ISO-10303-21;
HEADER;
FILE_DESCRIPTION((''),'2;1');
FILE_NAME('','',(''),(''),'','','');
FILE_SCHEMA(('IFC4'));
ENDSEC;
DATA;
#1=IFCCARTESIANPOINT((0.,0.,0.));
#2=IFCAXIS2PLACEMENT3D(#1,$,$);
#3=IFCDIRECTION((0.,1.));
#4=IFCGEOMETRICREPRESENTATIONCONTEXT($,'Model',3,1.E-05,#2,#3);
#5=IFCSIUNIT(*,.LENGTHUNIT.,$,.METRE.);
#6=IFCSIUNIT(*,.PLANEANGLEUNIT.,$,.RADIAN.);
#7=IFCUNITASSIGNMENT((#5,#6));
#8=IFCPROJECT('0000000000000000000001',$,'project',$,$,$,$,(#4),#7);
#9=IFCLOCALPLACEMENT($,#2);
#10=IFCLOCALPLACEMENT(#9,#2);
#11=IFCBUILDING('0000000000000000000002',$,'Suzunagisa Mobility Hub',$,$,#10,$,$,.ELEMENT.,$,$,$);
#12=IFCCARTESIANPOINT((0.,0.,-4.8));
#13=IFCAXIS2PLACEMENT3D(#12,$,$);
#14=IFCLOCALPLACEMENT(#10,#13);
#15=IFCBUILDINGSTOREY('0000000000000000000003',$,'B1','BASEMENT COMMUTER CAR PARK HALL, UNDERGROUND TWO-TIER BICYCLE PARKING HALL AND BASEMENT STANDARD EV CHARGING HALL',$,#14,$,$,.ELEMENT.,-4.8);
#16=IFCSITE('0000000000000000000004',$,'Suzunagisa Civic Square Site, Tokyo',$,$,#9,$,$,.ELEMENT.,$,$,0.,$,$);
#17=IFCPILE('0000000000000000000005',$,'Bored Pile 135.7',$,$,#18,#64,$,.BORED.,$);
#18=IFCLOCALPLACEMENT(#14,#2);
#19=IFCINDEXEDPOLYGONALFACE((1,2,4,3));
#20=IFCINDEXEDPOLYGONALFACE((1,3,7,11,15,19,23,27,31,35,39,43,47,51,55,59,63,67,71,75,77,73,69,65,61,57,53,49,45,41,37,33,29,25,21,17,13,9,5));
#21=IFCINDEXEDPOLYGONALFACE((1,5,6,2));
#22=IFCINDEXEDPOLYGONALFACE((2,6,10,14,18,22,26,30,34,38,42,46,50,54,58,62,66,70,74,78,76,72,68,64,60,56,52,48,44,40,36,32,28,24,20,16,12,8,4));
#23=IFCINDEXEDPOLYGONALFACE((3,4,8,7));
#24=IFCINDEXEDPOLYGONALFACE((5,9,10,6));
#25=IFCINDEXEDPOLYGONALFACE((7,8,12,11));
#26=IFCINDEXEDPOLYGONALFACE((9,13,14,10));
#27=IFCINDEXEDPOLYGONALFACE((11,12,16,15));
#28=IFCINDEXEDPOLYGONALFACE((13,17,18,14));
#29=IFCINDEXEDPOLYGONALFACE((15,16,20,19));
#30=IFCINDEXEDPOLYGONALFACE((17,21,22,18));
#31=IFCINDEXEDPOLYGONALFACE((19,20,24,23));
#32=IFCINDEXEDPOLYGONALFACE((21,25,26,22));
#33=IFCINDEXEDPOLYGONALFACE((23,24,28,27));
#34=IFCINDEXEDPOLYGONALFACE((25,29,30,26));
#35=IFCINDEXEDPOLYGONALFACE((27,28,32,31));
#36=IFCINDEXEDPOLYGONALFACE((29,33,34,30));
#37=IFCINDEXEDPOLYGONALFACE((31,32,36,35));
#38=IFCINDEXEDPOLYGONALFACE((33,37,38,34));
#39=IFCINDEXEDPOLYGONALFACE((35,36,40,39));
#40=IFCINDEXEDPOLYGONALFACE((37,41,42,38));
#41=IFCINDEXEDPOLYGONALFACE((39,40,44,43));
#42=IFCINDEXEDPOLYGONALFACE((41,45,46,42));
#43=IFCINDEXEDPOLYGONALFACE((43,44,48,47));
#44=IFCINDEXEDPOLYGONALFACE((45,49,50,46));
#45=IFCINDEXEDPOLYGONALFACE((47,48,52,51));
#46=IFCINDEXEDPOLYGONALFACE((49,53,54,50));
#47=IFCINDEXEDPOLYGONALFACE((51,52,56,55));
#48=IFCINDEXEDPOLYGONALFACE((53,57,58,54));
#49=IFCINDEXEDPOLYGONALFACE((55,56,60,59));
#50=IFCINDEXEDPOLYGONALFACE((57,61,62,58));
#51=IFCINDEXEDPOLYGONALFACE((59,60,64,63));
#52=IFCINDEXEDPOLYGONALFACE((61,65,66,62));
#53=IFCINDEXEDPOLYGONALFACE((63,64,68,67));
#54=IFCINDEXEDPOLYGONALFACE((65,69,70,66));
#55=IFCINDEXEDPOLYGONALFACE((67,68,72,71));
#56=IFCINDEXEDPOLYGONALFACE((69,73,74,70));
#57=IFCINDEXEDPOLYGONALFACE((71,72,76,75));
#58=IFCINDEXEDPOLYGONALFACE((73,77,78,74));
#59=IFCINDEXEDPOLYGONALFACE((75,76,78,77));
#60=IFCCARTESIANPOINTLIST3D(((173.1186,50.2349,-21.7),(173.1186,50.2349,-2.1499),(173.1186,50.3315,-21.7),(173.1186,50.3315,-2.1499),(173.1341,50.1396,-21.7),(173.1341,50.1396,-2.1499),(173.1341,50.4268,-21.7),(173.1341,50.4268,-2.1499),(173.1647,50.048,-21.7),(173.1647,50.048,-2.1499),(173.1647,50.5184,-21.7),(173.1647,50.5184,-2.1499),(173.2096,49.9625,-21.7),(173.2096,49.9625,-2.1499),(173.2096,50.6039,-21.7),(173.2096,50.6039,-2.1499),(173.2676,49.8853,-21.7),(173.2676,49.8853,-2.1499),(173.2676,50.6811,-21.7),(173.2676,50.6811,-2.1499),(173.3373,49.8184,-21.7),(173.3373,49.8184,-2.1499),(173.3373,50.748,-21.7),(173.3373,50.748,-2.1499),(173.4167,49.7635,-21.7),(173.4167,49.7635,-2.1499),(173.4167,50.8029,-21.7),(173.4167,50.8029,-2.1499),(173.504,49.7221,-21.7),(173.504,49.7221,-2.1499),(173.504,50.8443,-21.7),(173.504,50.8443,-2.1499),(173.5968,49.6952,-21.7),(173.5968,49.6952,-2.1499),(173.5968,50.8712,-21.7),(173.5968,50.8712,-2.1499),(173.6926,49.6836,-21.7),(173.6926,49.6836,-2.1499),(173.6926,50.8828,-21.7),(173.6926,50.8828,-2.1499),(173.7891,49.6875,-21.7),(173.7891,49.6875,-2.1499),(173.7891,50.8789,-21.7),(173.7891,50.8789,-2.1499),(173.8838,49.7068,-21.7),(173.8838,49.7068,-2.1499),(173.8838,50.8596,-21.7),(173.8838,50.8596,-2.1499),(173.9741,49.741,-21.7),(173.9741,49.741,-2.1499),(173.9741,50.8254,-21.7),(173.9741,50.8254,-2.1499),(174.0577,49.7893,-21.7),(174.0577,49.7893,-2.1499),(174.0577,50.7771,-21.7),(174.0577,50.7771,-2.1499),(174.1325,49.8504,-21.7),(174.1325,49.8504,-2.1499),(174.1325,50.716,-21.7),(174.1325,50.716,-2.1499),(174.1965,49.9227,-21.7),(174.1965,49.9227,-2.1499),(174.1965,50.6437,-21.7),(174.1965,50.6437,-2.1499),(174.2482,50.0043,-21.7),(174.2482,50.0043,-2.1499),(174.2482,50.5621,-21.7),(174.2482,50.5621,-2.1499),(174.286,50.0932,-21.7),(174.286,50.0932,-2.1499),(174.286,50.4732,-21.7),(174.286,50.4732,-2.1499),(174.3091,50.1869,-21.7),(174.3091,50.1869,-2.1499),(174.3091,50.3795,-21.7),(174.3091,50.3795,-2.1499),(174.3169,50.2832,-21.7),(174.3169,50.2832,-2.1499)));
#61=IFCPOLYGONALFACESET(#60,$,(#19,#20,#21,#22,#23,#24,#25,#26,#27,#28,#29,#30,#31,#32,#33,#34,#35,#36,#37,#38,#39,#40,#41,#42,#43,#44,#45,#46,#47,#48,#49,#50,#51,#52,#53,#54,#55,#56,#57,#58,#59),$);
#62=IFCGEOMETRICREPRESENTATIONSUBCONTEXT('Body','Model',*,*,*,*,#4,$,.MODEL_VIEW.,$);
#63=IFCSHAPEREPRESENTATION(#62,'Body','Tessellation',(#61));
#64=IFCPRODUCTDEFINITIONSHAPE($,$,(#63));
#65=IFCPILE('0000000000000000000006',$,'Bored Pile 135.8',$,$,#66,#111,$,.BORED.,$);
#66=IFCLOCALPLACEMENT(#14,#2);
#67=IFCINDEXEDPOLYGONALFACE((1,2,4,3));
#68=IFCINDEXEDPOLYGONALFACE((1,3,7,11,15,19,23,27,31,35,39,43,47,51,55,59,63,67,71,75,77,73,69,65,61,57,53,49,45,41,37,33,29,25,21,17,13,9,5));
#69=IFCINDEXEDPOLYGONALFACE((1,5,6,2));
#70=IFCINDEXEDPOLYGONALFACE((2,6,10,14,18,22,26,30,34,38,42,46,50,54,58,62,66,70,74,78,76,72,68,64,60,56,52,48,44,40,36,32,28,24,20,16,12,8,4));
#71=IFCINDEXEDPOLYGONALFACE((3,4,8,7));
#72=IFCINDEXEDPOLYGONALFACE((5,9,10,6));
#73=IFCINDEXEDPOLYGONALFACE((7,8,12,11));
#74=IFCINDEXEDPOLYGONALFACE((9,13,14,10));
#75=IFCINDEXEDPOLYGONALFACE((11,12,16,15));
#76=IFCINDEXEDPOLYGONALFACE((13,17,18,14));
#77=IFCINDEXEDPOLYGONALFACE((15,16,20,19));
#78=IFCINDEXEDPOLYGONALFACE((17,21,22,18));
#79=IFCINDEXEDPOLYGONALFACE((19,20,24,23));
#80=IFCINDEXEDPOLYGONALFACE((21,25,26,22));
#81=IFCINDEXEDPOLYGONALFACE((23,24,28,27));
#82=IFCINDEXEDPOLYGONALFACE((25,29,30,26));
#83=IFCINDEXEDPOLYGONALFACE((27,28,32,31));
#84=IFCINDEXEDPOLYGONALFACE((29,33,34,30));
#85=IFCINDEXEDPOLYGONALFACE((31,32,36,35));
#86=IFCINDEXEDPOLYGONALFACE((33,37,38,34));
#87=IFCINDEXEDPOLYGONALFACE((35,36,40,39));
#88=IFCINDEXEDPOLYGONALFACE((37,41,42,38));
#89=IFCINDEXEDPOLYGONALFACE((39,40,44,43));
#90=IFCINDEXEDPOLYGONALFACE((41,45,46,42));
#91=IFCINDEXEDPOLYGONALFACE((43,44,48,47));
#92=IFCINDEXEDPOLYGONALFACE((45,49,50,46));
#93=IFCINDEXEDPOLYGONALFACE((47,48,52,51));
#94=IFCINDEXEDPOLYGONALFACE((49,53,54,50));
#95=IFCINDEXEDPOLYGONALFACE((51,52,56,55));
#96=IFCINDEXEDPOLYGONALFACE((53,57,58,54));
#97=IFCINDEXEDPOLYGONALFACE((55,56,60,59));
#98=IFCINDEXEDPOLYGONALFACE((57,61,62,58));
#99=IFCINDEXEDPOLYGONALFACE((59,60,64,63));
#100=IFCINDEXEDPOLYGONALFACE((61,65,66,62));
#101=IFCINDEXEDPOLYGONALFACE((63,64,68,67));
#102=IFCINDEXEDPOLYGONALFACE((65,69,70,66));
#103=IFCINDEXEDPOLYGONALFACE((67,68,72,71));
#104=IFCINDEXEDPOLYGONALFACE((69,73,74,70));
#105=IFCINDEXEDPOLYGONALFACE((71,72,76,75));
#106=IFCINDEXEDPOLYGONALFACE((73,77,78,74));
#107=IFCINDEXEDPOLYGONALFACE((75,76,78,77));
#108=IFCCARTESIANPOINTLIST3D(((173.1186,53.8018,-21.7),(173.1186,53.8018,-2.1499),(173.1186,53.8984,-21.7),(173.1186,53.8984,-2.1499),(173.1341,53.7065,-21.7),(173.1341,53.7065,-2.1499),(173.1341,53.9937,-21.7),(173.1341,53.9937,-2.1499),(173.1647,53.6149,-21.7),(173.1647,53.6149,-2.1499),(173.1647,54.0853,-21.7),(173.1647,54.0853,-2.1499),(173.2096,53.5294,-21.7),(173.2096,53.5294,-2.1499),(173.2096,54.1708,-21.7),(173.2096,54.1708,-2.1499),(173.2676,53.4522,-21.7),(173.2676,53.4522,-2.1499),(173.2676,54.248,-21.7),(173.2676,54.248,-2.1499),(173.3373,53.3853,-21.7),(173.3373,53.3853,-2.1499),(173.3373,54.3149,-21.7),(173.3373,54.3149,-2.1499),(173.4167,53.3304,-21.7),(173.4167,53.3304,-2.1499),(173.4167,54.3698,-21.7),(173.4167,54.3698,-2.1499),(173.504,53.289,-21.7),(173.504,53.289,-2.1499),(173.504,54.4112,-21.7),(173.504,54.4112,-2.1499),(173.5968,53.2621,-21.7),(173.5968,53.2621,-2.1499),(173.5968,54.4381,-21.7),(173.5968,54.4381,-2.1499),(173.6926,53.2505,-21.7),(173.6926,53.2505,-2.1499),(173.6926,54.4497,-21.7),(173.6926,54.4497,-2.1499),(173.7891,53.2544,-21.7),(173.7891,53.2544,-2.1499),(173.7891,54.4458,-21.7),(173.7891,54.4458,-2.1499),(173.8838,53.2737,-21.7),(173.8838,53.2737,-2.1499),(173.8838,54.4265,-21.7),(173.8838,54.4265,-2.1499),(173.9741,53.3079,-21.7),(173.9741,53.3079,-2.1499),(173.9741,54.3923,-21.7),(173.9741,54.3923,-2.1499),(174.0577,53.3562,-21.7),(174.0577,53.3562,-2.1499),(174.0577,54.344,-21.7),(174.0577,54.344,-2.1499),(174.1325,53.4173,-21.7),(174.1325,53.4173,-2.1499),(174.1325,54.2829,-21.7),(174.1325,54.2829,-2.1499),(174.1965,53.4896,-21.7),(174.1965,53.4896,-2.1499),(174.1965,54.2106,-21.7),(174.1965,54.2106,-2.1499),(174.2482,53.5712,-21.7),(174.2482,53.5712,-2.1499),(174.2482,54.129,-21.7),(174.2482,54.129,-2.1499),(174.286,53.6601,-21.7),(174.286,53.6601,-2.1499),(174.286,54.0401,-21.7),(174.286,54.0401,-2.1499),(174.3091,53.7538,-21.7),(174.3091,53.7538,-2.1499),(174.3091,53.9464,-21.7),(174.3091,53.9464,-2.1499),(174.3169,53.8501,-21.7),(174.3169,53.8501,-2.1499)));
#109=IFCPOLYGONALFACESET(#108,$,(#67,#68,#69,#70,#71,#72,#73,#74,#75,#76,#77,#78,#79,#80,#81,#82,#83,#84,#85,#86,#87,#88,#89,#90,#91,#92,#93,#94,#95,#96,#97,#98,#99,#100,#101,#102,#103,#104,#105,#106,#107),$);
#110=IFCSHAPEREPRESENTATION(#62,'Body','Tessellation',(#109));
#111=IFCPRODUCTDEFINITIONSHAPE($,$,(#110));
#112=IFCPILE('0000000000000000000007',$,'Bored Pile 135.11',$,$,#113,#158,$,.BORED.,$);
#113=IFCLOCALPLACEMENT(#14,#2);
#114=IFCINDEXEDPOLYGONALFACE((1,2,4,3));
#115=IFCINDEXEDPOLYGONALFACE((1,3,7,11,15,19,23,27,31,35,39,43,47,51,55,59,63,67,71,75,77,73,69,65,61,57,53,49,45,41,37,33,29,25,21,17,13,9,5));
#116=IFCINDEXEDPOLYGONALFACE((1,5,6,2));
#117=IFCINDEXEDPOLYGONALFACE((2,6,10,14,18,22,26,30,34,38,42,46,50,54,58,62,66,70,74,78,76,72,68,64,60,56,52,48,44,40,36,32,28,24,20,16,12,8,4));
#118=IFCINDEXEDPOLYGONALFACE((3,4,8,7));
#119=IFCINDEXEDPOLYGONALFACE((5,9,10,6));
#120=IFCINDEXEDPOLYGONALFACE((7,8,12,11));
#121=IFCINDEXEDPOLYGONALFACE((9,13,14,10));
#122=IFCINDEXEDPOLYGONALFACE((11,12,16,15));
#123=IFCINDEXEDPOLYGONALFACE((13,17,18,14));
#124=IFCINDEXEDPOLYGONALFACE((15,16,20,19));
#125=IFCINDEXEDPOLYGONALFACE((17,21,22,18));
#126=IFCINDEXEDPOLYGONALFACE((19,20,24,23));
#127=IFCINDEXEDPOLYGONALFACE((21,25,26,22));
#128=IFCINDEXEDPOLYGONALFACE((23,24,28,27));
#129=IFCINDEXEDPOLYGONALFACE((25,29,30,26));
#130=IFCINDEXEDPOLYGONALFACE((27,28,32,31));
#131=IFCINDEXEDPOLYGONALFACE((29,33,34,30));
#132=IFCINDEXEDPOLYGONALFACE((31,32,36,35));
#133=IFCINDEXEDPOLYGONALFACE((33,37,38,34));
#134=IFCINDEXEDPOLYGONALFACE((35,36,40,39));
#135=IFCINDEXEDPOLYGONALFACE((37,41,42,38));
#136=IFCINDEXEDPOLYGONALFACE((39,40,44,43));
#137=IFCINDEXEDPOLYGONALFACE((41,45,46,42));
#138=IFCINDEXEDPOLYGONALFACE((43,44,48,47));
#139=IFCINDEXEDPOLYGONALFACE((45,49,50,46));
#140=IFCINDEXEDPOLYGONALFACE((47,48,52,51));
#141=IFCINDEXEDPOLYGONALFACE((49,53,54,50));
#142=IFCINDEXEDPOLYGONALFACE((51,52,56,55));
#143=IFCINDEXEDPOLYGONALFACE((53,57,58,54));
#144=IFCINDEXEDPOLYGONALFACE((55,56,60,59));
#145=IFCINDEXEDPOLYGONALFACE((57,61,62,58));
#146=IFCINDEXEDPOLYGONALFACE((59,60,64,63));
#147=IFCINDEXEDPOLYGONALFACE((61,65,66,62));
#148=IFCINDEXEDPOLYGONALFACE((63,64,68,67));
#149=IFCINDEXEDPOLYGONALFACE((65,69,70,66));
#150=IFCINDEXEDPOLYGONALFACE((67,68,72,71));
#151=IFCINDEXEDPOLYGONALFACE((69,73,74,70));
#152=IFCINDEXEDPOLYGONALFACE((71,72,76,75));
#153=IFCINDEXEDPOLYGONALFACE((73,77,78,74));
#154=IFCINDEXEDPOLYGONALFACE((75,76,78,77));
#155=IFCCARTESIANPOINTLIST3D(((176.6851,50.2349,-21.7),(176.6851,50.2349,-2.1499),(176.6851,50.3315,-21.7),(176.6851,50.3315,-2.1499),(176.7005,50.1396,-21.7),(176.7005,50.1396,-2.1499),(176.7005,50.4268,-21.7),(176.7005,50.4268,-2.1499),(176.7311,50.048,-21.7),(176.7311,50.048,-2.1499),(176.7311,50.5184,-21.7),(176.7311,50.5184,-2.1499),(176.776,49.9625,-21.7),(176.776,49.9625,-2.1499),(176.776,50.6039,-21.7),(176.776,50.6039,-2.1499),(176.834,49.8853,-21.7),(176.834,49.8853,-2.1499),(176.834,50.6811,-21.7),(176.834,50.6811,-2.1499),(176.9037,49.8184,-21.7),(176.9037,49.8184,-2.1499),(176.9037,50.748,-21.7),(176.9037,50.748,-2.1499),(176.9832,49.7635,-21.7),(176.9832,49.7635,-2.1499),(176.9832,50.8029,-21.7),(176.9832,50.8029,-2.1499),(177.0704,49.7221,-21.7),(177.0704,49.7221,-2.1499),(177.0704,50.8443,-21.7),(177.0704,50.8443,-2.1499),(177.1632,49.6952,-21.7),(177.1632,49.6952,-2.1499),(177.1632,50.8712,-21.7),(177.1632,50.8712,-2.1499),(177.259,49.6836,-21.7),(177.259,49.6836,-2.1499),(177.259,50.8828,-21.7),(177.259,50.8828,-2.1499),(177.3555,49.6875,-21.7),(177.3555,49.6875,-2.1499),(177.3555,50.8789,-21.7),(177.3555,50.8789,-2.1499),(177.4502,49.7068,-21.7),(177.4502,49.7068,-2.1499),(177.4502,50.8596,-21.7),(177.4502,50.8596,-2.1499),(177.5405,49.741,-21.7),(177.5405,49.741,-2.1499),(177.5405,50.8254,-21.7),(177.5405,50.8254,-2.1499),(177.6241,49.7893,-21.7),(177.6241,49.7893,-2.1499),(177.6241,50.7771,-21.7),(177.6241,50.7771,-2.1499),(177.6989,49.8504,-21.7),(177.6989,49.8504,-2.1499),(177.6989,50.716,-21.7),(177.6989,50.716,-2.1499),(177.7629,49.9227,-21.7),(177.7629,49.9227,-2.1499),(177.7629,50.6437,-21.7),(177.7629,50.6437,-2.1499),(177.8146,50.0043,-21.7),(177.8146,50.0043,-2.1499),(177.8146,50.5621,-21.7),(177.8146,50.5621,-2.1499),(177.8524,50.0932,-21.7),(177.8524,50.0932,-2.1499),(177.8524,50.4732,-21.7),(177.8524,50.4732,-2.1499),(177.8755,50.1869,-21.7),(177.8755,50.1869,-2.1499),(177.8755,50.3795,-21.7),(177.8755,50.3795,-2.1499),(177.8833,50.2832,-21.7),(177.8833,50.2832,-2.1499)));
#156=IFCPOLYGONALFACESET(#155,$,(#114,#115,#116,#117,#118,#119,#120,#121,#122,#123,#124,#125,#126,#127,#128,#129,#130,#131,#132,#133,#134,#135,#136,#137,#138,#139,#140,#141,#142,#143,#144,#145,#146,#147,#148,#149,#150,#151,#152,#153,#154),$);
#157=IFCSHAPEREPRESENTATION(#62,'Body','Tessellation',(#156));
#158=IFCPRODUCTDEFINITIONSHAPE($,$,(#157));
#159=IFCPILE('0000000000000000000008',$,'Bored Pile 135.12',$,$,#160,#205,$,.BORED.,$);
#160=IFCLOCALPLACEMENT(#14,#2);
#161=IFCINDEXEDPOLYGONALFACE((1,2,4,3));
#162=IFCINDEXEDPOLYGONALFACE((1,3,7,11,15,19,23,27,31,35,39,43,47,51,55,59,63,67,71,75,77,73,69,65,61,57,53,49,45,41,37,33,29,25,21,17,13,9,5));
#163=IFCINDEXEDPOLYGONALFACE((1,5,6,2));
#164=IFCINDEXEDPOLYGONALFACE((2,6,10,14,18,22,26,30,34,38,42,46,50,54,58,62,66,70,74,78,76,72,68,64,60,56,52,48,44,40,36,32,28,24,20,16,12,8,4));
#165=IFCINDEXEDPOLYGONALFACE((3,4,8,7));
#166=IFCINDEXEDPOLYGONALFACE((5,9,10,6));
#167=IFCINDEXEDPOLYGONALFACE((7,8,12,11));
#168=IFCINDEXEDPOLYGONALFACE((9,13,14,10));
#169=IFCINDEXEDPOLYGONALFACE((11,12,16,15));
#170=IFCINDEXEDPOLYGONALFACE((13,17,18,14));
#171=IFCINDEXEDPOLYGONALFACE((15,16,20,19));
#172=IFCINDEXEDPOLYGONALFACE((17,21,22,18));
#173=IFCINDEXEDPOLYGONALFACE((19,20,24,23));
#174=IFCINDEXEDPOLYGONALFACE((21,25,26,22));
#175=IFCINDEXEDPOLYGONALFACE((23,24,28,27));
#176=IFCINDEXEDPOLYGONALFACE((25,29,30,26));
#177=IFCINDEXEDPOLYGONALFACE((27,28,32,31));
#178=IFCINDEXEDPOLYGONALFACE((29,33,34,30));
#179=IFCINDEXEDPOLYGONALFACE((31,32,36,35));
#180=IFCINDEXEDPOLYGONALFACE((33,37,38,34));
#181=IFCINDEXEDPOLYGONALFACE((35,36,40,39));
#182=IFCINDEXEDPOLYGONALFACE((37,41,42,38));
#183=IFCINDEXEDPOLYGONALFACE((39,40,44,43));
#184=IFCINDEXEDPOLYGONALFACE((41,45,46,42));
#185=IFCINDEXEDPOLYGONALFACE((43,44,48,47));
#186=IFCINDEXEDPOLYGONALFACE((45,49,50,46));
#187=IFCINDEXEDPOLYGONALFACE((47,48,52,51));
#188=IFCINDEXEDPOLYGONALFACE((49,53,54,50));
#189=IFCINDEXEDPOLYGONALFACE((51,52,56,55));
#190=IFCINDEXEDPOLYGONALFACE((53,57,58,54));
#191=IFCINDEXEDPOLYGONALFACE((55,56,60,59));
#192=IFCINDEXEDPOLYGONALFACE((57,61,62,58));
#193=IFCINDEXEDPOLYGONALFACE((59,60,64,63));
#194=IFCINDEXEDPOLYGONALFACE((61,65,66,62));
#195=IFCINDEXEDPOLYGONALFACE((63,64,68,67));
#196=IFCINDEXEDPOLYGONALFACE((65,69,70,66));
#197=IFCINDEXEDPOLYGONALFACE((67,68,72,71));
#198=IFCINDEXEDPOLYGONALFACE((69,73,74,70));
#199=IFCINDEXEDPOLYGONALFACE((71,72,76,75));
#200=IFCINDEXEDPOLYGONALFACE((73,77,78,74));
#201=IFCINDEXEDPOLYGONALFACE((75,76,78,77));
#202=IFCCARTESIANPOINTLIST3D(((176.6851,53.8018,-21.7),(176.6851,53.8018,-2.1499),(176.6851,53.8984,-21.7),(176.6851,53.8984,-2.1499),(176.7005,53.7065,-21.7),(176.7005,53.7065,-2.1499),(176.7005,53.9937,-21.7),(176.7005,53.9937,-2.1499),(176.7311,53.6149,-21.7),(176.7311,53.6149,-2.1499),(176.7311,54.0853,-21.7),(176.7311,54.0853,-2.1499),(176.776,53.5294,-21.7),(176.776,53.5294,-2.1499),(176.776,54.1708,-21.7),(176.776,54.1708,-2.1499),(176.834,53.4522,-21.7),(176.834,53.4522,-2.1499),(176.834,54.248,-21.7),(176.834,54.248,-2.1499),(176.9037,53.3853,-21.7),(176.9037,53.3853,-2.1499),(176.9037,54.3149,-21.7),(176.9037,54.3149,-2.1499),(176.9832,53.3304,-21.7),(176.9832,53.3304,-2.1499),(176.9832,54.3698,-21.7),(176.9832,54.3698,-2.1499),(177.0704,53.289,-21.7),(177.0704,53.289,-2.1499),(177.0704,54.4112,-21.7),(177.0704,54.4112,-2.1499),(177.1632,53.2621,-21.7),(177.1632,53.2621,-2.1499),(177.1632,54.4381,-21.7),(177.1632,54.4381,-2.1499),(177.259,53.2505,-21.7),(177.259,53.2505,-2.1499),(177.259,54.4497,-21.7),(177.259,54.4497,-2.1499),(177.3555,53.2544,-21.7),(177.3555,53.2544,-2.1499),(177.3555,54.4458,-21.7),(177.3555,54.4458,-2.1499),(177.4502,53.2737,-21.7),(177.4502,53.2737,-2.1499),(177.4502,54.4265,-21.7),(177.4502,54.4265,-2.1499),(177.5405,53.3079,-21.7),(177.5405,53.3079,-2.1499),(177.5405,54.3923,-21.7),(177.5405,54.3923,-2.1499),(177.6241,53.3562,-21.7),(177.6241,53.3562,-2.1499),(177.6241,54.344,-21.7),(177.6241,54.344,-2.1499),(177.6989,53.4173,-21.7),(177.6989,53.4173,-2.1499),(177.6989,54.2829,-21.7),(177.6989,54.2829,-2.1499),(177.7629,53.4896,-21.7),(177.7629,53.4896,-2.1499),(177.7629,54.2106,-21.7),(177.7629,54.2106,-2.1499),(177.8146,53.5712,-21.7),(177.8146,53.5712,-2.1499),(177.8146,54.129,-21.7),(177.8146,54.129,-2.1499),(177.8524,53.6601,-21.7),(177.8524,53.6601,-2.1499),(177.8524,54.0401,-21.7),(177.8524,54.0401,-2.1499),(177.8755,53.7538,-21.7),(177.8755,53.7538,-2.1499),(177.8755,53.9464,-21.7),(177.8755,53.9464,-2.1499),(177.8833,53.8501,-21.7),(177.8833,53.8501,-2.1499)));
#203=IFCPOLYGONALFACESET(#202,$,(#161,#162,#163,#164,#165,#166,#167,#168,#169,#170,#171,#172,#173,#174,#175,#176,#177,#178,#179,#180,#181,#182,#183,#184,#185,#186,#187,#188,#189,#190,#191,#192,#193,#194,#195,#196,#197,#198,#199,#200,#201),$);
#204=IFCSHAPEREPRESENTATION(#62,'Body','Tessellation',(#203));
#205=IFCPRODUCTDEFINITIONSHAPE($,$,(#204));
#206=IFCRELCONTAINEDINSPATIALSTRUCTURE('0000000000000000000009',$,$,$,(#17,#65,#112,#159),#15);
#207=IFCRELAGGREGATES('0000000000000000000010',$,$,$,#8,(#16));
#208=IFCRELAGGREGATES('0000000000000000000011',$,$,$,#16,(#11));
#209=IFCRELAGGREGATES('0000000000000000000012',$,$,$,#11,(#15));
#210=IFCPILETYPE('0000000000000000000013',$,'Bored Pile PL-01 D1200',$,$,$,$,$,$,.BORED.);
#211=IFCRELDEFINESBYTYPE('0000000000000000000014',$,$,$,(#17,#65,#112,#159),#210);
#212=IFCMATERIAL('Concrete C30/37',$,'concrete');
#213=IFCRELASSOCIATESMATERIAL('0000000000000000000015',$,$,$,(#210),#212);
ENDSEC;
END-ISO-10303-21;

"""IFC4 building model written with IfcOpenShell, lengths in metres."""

from ifc_helpers import new_model, si_unit, direction, frame, origin, origin_2d, place, context, subcontext, project, spatial, circle, extrude, material, material_profile, profile_set, type_object, element, save


model = new_model("IFC4")

# Units and contexts
model_context = context("Model", 3, precision=1e-05, world=origin(), true_north=direction((0.0, 1.0)))
body_context = subcontext(model_context, "Body", "Model", "MODEL_VIEW")
ifc_project = project(units=[si_unit("LENGTHUNIT", "METRE"), si_unit("PLANEANGLEUNIT", "RADIAN")], contexts=[model_context])

# Site, building, storey
site_placement = place(None, origin())
site = spatial("IfcSite", under=ifc_project, at=site_placement, Name="Suzunagisa Civic Square Site, Tokyo", CompositionType="ELEMENT", RefElevation=0.0)
building_placement = place(site_placement, origin())
building = spatial("IfcBuilding", under=site, at=building_placement, Name="Suzunagisa Mobility Hub", CompositionType="ELEMENT")
storey_placement = place(building_placement, frame((0.0, 0.0, -4.8)))
storey = spatial("IfcBuildingStorey", under=building, at=storey_placement, Name="B1", Description="BASEMENT COMMUTER CAR PARK HALL, UNDERGROUND TWO-TIER BICYCLE PARKING HALL AND BASEMENT STANDARD EV CHARGING HALL", CompositionType="ELEMENT", Elevation=-4.8)

# Piles
ifc_material_1 = material(Name="Concrete C30/37", Category="concrete")
ifc_material_profile_1 = material_profile(ifc_material_1, circle(Radius=0.6001, at=origin_2d()), Name="BORED PILE D1200")
ifc_profile_set_1 = profile_set([ifc_material_profile_1], Name="Concrete C30/37")
pile_type = type_object("IfcPileType", Name="Bored Pile PL-01 D1200", PredefinedType="BORED", material=ifc_profile_set_1)
for number, where, z_axis, x_axis, name in (
    (1, (173.7168, 50.2832, -2.1499), (0.0, 0.0, -1.0), (1.0, 0.0, 0.0), "Bored Pile 135.7"),
    (2, (173.7168, 53.8501, -2.1499), (0.0, 0.0, -1.0), (1.0, 0.0, 0.0), "Bored Pile 135.8"),
    (3, (177.2832, 50.2832, -2.1499), (0.0, 0.0, -1.0), (1.0, 0.0, 0.0), "Bored Pile 135.11"),
    (4, (177.2832, 53.8501, -2.1499), (0.0, 0.0, -1.0), (1.0, 0.0, 0.0), "Bored Pile 135.12"),
):
    element("IfcPile", number, at=place(storey_placement, frame(where, z_axis=z_axis, x_axis=x_axis)), inside=storey, type_object=pile_type, Name=name, PredefinedType="BORED", context=body_context, shape_type="SweptSolid", body=[
        extrude(circle(Radius=0.6001, at=origin_2d()), origin(), (0.0, 0.0, 1.0), 19.55),
    ])

save(model, "model.ifc")
